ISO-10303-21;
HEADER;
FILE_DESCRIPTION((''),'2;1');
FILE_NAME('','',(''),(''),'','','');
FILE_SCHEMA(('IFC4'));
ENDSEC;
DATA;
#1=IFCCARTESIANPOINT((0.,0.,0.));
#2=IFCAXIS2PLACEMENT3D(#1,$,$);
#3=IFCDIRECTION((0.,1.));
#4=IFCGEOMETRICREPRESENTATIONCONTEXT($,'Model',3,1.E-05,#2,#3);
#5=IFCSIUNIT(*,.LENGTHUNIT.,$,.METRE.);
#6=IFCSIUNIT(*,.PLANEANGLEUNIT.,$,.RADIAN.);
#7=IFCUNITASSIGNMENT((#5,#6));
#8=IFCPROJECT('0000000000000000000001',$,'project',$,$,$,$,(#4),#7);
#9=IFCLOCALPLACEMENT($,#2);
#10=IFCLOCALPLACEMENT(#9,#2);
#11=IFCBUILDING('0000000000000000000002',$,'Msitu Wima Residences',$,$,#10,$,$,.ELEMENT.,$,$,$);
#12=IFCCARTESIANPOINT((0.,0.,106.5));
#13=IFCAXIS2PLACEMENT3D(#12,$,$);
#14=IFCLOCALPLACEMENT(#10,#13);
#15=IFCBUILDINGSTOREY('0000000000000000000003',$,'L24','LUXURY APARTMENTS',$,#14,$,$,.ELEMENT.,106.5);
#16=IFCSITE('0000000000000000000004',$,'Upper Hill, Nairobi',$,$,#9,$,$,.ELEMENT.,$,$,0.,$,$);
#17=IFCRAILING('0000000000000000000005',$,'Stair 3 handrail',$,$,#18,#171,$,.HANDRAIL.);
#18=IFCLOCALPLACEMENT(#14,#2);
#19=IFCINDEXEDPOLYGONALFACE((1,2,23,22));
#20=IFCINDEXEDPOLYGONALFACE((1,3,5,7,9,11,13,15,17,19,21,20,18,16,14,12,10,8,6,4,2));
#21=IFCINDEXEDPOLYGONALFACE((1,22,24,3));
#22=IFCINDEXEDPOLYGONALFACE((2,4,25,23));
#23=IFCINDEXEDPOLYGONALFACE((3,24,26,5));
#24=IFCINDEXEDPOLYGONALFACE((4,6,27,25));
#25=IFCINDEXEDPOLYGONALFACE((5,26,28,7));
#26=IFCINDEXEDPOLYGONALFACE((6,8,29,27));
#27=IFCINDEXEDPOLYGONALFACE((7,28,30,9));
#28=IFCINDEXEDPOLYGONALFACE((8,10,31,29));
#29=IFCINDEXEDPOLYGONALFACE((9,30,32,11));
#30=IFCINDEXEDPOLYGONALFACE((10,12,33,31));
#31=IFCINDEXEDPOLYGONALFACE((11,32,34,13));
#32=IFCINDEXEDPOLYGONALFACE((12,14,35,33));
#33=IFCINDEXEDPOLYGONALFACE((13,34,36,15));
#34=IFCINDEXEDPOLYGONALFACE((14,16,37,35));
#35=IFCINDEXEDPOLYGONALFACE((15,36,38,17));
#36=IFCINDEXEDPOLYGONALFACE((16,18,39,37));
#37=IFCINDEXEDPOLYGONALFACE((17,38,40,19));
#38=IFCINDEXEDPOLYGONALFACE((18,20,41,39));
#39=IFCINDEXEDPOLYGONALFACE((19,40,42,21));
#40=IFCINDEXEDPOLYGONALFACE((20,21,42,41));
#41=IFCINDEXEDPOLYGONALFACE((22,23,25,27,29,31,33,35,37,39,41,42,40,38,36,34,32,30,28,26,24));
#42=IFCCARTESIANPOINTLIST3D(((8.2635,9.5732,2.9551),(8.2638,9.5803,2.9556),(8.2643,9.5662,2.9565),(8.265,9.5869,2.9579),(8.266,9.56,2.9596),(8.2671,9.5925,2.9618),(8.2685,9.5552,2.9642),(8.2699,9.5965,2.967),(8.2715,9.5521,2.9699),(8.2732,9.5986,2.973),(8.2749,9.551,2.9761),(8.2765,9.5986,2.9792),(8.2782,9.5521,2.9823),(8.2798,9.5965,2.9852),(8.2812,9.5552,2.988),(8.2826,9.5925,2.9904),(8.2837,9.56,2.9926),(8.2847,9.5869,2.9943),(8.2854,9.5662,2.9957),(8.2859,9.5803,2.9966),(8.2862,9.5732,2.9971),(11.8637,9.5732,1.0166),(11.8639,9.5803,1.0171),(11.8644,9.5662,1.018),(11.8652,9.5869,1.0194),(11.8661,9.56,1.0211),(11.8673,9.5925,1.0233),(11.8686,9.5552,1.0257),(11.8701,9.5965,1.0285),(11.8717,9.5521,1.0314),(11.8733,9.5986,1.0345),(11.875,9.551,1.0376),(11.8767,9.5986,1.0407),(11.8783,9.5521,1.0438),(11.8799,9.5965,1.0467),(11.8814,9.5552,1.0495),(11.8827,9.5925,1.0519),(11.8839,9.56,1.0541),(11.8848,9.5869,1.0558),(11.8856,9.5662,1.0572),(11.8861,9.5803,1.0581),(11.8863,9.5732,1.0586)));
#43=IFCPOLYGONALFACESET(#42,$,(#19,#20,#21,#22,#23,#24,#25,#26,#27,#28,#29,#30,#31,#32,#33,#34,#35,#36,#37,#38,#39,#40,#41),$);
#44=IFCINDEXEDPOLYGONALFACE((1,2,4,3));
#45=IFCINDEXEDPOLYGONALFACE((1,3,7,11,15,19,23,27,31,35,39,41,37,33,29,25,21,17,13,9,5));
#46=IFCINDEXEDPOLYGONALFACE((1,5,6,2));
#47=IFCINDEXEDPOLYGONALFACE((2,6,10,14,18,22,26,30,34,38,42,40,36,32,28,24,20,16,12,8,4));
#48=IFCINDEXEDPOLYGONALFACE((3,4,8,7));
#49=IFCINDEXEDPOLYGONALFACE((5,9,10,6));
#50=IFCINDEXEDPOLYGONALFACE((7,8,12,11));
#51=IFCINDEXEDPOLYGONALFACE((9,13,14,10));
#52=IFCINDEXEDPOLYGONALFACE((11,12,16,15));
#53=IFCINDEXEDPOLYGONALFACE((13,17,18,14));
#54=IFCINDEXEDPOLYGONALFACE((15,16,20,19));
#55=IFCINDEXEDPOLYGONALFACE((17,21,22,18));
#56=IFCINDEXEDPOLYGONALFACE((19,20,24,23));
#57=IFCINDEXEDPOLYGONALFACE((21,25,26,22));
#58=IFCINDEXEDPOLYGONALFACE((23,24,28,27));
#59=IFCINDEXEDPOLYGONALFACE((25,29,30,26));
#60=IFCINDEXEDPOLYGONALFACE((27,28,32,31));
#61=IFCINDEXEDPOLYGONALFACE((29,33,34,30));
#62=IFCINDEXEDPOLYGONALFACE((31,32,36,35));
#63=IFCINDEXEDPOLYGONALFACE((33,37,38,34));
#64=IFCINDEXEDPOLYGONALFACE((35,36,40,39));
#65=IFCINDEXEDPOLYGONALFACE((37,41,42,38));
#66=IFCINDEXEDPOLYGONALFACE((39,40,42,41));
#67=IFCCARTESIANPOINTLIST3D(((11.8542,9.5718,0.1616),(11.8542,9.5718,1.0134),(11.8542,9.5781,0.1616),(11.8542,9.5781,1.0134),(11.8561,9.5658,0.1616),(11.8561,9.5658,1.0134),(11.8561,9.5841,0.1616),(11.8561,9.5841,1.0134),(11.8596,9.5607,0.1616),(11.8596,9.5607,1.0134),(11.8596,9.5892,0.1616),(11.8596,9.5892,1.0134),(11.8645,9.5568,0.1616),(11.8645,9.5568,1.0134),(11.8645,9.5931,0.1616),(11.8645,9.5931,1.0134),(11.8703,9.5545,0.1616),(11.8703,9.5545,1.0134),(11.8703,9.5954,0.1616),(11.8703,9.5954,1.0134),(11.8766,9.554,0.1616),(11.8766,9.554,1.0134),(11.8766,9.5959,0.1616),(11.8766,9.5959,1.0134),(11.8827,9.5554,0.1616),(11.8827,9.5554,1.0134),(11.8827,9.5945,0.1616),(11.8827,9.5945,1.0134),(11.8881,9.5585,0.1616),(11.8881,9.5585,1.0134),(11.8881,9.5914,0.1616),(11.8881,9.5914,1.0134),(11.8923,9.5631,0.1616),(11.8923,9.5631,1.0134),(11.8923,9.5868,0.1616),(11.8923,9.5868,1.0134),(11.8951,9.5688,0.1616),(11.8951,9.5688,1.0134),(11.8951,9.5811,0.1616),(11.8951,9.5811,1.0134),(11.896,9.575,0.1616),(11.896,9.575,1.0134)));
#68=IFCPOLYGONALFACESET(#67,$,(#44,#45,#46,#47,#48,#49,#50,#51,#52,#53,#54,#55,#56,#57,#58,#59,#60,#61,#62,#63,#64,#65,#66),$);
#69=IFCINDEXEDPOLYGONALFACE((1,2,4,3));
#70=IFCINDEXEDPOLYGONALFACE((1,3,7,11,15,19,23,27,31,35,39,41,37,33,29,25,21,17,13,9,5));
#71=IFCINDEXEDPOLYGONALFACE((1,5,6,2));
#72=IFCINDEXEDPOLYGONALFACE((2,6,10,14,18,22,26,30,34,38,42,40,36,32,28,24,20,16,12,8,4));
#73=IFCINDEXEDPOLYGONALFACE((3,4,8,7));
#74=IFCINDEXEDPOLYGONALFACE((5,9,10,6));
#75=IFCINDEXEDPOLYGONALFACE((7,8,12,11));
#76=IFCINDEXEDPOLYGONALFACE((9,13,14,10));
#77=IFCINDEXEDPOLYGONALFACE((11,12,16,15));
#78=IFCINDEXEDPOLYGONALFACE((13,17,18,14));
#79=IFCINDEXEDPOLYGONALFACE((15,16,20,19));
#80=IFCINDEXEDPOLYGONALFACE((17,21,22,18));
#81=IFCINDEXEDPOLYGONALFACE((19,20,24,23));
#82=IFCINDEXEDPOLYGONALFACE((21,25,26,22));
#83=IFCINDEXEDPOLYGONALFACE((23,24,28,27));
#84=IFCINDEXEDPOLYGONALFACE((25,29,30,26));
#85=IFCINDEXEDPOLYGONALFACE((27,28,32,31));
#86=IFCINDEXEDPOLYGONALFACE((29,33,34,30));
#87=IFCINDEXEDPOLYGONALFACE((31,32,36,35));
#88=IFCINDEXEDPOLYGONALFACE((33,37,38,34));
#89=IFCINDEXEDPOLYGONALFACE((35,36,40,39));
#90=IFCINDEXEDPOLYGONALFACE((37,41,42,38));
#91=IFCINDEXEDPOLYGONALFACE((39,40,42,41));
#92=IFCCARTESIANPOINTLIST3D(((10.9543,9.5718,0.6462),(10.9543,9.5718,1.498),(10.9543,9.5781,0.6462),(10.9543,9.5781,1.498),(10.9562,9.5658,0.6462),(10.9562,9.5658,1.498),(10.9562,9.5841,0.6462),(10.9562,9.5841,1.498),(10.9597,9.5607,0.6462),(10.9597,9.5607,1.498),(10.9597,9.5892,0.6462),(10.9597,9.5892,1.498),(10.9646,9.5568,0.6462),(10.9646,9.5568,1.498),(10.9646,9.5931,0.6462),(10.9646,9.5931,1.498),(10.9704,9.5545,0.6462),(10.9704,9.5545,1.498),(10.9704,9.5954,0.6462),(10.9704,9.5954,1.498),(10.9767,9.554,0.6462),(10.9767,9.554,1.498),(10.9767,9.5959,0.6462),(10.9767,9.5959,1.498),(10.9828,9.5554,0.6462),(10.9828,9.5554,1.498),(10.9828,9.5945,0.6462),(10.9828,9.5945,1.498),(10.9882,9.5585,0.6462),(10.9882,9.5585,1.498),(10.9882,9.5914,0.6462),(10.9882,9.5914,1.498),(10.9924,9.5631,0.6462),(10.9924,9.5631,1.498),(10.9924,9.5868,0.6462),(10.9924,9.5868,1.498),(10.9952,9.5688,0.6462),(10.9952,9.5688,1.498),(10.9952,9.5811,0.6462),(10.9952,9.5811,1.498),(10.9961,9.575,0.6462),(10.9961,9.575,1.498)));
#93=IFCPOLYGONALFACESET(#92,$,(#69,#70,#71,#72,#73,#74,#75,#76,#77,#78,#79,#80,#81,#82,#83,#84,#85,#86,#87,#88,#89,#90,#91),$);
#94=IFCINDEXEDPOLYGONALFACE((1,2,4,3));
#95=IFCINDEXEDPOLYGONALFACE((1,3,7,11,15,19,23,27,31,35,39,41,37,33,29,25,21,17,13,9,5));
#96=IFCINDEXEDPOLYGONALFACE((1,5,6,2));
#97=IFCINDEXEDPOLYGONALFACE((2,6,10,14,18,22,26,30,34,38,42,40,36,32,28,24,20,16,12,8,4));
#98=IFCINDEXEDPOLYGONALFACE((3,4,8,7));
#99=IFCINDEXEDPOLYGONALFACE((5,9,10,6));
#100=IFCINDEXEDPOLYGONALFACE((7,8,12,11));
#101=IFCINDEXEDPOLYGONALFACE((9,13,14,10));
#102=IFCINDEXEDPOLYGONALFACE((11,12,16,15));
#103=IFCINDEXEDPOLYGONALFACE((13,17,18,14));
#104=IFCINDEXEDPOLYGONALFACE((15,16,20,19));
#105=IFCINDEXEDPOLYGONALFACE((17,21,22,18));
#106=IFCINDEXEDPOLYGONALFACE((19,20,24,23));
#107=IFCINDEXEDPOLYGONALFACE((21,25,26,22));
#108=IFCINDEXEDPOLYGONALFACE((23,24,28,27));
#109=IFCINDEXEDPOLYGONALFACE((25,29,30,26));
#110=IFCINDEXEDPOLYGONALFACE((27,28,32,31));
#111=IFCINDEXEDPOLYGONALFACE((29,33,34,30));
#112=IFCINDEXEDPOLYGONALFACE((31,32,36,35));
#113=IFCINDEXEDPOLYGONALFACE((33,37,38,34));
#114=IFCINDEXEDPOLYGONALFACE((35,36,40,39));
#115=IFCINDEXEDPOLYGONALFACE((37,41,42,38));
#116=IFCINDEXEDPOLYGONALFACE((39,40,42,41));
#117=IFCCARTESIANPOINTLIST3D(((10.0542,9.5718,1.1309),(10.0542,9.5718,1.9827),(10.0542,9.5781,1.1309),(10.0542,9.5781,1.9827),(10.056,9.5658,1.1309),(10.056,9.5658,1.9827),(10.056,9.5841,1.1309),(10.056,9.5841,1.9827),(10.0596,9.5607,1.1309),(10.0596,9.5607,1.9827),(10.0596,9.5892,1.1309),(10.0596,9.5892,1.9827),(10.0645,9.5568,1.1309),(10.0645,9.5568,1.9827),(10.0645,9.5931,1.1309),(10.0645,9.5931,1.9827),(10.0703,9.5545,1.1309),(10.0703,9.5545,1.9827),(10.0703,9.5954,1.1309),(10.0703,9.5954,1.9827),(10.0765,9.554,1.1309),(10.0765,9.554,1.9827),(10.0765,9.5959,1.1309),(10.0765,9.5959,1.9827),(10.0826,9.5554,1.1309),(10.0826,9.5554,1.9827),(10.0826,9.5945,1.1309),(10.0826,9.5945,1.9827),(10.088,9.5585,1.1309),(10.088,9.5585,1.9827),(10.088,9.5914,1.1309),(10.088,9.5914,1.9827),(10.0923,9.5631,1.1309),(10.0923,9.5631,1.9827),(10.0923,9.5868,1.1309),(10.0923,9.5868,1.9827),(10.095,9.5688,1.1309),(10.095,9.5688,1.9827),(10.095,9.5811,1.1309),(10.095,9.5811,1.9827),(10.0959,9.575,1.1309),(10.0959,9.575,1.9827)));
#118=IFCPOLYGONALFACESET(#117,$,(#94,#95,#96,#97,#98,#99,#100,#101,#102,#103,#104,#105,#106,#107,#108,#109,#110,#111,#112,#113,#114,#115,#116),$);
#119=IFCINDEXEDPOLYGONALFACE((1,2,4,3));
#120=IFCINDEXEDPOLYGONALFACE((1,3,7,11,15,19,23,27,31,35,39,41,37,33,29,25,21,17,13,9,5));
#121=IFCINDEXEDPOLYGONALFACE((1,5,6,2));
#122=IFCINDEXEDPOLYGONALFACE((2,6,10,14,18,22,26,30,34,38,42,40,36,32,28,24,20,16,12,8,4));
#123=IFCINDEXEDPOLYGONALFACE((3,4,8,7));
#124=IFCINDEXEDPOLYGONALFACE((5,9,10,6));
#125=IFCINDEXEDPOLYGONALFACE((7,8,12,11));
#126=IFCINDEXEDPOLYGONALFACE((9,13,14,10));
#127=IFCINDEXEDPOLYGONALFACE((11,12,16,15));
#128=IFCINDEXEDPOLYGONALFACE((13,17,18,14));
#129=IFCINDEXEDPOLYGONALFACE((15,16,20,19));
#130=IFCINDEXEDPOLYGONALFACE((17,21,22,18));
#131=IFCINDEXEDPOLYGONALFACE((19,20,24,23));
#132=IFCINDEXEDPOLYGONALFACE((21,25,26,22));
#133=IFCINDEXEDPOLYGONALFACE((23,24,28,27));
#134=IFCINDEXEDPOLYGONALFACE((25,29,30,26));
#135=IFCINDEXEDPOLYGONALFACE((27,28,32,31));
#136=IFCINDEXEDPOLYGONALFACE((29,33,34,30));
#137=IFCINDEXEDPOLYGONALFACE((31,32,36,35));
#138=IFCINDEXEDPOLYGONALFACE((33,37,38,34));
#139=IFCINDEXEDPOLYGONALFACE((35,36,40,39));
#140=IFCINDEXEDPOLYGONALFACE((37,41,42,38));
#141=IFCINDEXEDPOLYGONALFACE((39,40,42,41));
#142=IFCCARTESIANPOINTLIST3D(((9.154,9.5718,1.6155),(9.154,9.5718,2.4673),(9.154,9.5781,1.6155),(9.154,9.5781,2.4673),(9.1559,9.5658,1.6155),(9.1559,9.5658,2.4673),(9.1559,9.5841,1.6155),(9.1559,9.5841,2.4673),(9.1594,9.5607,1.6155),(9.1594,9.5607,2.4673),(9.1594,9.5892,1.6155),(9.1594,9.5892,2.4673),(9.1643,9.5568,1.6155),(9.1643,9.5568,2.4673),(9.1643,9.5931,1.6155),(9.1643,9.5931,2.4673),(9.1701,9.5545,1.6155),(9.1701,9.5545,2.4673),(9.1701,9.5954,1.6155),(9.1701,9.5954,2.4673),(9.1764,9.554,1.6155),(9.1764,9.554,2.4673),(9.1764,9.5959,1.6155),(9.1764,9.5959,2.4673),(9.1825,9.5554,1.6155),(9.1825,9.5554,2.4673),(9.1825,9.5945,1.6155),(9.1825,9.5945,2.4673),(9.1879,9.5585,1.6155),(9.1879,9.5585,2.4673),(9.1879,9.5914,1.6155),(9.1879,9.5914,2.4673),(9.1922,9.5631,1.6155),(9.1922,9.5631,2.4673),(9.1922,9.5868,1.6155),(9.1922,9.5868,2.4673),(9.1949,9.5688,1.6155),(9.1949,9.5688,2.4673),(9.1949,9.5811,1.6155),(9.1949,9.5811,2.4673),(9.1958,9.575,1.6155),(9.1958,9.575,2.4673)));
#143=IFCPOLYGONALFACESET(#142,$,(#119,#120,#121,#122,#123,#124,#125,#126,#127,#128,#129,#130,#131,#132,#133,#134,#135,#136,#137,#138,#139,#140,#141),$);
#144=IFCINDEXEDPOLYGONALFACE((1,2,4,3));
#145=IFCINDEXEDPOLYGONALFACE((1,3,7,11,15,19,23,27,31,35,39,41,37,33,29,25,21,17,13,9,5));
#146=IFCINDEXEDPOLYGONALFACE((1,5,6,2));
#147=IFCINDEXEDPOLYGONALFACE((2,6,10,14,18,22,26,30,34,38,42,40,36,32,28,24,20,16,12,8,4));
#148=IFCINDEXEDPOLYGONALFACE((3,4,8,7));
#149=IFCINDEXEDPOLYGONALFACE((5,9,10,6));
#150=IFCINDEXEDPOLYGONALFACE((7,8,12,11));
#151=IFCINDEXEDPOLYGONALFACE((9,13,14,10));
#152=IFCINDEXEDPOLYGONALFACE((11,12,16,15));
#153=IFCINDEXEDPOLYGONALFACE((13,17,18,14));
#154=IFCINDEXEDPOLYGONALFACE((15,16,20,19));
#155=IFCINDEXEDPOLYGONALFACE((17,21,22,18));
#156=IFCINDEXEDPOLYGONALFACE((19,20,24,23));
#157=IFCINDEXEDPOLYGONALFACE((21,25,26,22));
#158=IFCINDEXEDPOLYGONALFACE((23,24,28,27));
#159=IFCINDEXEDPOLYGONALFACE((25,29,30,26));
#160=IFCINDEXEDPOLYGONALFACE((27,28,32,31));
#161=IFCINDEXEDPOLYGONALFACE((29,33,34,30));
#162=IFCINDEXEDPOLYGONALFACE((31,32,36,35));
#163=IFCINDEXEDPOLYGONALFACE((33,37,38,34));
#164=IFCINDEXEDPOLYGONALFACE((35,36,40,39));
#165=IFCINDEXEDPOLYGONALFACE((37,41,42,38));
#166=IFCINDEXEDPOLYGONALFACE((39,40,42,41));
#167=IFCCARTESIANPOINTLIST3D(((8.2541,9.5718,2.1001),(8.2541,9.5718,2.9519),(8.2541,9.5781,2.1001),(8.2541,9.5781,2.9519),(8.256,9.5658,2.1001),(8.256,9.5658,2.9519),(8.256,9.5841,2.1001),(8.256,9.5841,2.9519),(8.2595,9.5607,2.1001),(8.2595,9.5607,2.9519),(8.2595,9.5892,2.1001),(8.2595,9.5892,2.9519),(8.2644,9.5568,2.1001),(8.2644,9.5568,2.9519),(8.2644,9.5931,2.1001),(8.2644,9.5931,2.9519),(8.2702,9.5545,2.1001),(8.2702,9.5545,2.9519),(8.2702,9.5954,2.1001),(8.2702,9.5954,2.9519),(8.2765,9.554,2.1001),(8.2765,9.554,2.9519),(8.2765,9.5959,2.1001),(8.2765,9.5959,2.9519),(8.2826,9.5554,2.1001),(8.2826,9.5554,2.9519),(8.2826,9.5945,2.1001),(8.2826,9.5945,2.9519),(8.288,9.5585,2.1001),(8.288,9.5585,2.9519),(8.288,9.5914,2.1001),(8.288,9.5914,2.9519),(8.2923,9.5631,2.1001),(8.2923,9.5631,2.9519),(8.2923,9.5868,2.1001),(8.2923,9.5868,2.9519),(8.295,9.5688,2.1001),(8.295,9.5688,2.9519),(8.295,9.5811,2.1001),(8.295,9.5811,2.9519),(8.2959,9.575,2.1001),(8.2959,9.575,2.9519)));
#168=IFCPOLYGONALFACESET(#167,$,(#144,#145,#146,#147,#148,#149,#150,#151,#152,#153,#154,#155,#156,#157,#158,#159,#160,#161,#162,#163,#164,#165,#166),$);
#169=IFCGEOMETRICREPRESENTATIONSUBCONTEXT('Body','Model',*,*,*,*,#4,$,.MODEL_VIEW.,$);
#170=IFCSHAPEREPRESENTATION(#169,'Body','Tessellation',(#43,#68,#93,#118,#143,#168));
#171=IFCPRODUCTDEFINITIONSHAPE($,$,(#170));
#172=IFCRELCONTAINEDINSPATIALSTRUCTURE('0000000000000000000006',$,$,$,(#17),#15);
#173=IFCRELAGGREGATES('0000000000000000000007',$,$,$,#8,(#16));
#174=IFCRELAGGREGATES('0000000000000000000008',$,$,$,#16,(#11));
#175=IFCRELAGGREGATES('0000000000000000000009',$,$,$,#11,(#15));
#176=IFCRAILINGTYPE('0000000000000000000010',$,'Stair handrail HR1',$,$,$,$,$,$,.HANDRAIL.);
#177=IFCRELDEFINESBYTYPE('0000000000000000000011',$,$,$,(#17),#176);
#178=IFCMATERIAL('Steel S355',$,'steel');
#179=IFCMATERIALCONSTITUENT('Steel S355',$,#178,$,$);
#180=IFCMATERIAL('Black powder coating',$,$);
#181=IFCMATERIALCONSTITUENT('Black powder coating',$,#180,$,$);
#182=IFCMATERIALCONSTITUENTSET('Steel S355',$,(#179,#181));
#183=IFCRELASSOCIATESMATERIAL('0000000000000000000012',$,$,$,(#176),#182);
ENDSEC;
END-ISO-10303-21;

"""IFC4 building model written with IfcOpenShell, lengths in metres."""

from ifc_helpers import new_model, si_unit, direction, frame, origin, origin_2d, place, context, subcontext, project, spatial, circle, extrude, material, constituent, constituent_set, type_object, element, save


model = new_model("IFC4")

# Units and contexts
model_context = context("Model", 3, precision=1e-05, world=origin(), true_north=direction((0.0, 1.0)))
body_context = subcontext(model_context, "Body", "Model", "MODEL_VIEW")
ifc_project = project(units=[si_unit("LENGTHUNIT", "METRE"), si_unit("PLANEANGLEUNIT", "RADIAN")], contexts=[model_context])

# Site, building, storey
site_placement = place(None, origin())
site = spatial("IfcSite", under=ifc_project, at=site_placement, Name="Upper Hill, Nairobi", CompositionType="ELEMENT", RefElevation=0.0)
building_placement = place(site_placement, origin())
building = spatial("IfcBuilding", under=site, at=building_placement, Name="Msitu Wima Residences", CompositionType="ELEMENT")
storey_placement = place(building_placement, frame((0.0, 0.0, 106.5)))
storey = spatial("IfcBuildingStorey", under=building, at=storey_placement, Name="L24", Description="LUXURY APARTMENTS", CompositionType="ELEMENT", Elevation=106.5)

# Railing
ifc_material_1 = material(Name="Steel S355", Category="steel")
ifc_constituent_1 = constituent(ifc_material_1, Name="Steel S355")
ifc_material_2 = material(Name="Black powder coating")
ifc_constituent_2 = constituent(ifc_material_2, Name="Black powder coating")
ifc_constituent_set_1 = constituent_set(constituents=[ifc_constituent_1, ifc_constituent_2], Name="Steel S355")
railing_type_1 = type_object("IfcRailingType", Name="Stair handrail HR1", PredefinedType="HANDRAIL", material=ifc_constituent_set_1)
for number, where, name in (
    (1, (11.875, 9.575, 0.1616), "Stair 3 handrail"),
):
    element("IfcRailing", number, at=place(storey_placement, frame(where)), inside=storey, type_object=railing_type_1, Name=name, PredefinedType="HANDRAIL", context=body_context, shape_type="SweptSolid", body=[
        extrude(circle(Radius=0.0239, at=origin_2d()), frame((0.0, 0.0, 0.876), z_axis=(-0.880475, 0.0, 0.474093), x_axis=(0.0, -1.0, 0.0)), (0.0, 0.0, 1.0), 4.0889),
        extrude(circle(Radius=0.021, at=origin_2d()), origin(), (0.0, 0.0, 1.0), 0.8518),
        extrude(circle(Radius=0.021, at=origin_2d()), frame((-0.8999, 0.0, 0.4846)), (0.0, 0.0, 1.0), 0.8518),
        extrude(circle(Radius=0.021, at=origin_2d()), frame((-1.8, 0.0, 0.9692)), (0.0, 0.0, 1.0), 0.8518),
        extrude(circle(Radius=0.021, at=origin_2d()), frame((-2.7002, 0.0, 1.4539)), (0.0, 0.0, 1.0), 0.8518),
        extrude(circle(Radius=0.021, at=origin_2d()), frame((-3.6001, 0.0, 1.9385)), (0.0, 0.0, 1.0), 0.8518),
    ])

save(model, "model.ifc")
